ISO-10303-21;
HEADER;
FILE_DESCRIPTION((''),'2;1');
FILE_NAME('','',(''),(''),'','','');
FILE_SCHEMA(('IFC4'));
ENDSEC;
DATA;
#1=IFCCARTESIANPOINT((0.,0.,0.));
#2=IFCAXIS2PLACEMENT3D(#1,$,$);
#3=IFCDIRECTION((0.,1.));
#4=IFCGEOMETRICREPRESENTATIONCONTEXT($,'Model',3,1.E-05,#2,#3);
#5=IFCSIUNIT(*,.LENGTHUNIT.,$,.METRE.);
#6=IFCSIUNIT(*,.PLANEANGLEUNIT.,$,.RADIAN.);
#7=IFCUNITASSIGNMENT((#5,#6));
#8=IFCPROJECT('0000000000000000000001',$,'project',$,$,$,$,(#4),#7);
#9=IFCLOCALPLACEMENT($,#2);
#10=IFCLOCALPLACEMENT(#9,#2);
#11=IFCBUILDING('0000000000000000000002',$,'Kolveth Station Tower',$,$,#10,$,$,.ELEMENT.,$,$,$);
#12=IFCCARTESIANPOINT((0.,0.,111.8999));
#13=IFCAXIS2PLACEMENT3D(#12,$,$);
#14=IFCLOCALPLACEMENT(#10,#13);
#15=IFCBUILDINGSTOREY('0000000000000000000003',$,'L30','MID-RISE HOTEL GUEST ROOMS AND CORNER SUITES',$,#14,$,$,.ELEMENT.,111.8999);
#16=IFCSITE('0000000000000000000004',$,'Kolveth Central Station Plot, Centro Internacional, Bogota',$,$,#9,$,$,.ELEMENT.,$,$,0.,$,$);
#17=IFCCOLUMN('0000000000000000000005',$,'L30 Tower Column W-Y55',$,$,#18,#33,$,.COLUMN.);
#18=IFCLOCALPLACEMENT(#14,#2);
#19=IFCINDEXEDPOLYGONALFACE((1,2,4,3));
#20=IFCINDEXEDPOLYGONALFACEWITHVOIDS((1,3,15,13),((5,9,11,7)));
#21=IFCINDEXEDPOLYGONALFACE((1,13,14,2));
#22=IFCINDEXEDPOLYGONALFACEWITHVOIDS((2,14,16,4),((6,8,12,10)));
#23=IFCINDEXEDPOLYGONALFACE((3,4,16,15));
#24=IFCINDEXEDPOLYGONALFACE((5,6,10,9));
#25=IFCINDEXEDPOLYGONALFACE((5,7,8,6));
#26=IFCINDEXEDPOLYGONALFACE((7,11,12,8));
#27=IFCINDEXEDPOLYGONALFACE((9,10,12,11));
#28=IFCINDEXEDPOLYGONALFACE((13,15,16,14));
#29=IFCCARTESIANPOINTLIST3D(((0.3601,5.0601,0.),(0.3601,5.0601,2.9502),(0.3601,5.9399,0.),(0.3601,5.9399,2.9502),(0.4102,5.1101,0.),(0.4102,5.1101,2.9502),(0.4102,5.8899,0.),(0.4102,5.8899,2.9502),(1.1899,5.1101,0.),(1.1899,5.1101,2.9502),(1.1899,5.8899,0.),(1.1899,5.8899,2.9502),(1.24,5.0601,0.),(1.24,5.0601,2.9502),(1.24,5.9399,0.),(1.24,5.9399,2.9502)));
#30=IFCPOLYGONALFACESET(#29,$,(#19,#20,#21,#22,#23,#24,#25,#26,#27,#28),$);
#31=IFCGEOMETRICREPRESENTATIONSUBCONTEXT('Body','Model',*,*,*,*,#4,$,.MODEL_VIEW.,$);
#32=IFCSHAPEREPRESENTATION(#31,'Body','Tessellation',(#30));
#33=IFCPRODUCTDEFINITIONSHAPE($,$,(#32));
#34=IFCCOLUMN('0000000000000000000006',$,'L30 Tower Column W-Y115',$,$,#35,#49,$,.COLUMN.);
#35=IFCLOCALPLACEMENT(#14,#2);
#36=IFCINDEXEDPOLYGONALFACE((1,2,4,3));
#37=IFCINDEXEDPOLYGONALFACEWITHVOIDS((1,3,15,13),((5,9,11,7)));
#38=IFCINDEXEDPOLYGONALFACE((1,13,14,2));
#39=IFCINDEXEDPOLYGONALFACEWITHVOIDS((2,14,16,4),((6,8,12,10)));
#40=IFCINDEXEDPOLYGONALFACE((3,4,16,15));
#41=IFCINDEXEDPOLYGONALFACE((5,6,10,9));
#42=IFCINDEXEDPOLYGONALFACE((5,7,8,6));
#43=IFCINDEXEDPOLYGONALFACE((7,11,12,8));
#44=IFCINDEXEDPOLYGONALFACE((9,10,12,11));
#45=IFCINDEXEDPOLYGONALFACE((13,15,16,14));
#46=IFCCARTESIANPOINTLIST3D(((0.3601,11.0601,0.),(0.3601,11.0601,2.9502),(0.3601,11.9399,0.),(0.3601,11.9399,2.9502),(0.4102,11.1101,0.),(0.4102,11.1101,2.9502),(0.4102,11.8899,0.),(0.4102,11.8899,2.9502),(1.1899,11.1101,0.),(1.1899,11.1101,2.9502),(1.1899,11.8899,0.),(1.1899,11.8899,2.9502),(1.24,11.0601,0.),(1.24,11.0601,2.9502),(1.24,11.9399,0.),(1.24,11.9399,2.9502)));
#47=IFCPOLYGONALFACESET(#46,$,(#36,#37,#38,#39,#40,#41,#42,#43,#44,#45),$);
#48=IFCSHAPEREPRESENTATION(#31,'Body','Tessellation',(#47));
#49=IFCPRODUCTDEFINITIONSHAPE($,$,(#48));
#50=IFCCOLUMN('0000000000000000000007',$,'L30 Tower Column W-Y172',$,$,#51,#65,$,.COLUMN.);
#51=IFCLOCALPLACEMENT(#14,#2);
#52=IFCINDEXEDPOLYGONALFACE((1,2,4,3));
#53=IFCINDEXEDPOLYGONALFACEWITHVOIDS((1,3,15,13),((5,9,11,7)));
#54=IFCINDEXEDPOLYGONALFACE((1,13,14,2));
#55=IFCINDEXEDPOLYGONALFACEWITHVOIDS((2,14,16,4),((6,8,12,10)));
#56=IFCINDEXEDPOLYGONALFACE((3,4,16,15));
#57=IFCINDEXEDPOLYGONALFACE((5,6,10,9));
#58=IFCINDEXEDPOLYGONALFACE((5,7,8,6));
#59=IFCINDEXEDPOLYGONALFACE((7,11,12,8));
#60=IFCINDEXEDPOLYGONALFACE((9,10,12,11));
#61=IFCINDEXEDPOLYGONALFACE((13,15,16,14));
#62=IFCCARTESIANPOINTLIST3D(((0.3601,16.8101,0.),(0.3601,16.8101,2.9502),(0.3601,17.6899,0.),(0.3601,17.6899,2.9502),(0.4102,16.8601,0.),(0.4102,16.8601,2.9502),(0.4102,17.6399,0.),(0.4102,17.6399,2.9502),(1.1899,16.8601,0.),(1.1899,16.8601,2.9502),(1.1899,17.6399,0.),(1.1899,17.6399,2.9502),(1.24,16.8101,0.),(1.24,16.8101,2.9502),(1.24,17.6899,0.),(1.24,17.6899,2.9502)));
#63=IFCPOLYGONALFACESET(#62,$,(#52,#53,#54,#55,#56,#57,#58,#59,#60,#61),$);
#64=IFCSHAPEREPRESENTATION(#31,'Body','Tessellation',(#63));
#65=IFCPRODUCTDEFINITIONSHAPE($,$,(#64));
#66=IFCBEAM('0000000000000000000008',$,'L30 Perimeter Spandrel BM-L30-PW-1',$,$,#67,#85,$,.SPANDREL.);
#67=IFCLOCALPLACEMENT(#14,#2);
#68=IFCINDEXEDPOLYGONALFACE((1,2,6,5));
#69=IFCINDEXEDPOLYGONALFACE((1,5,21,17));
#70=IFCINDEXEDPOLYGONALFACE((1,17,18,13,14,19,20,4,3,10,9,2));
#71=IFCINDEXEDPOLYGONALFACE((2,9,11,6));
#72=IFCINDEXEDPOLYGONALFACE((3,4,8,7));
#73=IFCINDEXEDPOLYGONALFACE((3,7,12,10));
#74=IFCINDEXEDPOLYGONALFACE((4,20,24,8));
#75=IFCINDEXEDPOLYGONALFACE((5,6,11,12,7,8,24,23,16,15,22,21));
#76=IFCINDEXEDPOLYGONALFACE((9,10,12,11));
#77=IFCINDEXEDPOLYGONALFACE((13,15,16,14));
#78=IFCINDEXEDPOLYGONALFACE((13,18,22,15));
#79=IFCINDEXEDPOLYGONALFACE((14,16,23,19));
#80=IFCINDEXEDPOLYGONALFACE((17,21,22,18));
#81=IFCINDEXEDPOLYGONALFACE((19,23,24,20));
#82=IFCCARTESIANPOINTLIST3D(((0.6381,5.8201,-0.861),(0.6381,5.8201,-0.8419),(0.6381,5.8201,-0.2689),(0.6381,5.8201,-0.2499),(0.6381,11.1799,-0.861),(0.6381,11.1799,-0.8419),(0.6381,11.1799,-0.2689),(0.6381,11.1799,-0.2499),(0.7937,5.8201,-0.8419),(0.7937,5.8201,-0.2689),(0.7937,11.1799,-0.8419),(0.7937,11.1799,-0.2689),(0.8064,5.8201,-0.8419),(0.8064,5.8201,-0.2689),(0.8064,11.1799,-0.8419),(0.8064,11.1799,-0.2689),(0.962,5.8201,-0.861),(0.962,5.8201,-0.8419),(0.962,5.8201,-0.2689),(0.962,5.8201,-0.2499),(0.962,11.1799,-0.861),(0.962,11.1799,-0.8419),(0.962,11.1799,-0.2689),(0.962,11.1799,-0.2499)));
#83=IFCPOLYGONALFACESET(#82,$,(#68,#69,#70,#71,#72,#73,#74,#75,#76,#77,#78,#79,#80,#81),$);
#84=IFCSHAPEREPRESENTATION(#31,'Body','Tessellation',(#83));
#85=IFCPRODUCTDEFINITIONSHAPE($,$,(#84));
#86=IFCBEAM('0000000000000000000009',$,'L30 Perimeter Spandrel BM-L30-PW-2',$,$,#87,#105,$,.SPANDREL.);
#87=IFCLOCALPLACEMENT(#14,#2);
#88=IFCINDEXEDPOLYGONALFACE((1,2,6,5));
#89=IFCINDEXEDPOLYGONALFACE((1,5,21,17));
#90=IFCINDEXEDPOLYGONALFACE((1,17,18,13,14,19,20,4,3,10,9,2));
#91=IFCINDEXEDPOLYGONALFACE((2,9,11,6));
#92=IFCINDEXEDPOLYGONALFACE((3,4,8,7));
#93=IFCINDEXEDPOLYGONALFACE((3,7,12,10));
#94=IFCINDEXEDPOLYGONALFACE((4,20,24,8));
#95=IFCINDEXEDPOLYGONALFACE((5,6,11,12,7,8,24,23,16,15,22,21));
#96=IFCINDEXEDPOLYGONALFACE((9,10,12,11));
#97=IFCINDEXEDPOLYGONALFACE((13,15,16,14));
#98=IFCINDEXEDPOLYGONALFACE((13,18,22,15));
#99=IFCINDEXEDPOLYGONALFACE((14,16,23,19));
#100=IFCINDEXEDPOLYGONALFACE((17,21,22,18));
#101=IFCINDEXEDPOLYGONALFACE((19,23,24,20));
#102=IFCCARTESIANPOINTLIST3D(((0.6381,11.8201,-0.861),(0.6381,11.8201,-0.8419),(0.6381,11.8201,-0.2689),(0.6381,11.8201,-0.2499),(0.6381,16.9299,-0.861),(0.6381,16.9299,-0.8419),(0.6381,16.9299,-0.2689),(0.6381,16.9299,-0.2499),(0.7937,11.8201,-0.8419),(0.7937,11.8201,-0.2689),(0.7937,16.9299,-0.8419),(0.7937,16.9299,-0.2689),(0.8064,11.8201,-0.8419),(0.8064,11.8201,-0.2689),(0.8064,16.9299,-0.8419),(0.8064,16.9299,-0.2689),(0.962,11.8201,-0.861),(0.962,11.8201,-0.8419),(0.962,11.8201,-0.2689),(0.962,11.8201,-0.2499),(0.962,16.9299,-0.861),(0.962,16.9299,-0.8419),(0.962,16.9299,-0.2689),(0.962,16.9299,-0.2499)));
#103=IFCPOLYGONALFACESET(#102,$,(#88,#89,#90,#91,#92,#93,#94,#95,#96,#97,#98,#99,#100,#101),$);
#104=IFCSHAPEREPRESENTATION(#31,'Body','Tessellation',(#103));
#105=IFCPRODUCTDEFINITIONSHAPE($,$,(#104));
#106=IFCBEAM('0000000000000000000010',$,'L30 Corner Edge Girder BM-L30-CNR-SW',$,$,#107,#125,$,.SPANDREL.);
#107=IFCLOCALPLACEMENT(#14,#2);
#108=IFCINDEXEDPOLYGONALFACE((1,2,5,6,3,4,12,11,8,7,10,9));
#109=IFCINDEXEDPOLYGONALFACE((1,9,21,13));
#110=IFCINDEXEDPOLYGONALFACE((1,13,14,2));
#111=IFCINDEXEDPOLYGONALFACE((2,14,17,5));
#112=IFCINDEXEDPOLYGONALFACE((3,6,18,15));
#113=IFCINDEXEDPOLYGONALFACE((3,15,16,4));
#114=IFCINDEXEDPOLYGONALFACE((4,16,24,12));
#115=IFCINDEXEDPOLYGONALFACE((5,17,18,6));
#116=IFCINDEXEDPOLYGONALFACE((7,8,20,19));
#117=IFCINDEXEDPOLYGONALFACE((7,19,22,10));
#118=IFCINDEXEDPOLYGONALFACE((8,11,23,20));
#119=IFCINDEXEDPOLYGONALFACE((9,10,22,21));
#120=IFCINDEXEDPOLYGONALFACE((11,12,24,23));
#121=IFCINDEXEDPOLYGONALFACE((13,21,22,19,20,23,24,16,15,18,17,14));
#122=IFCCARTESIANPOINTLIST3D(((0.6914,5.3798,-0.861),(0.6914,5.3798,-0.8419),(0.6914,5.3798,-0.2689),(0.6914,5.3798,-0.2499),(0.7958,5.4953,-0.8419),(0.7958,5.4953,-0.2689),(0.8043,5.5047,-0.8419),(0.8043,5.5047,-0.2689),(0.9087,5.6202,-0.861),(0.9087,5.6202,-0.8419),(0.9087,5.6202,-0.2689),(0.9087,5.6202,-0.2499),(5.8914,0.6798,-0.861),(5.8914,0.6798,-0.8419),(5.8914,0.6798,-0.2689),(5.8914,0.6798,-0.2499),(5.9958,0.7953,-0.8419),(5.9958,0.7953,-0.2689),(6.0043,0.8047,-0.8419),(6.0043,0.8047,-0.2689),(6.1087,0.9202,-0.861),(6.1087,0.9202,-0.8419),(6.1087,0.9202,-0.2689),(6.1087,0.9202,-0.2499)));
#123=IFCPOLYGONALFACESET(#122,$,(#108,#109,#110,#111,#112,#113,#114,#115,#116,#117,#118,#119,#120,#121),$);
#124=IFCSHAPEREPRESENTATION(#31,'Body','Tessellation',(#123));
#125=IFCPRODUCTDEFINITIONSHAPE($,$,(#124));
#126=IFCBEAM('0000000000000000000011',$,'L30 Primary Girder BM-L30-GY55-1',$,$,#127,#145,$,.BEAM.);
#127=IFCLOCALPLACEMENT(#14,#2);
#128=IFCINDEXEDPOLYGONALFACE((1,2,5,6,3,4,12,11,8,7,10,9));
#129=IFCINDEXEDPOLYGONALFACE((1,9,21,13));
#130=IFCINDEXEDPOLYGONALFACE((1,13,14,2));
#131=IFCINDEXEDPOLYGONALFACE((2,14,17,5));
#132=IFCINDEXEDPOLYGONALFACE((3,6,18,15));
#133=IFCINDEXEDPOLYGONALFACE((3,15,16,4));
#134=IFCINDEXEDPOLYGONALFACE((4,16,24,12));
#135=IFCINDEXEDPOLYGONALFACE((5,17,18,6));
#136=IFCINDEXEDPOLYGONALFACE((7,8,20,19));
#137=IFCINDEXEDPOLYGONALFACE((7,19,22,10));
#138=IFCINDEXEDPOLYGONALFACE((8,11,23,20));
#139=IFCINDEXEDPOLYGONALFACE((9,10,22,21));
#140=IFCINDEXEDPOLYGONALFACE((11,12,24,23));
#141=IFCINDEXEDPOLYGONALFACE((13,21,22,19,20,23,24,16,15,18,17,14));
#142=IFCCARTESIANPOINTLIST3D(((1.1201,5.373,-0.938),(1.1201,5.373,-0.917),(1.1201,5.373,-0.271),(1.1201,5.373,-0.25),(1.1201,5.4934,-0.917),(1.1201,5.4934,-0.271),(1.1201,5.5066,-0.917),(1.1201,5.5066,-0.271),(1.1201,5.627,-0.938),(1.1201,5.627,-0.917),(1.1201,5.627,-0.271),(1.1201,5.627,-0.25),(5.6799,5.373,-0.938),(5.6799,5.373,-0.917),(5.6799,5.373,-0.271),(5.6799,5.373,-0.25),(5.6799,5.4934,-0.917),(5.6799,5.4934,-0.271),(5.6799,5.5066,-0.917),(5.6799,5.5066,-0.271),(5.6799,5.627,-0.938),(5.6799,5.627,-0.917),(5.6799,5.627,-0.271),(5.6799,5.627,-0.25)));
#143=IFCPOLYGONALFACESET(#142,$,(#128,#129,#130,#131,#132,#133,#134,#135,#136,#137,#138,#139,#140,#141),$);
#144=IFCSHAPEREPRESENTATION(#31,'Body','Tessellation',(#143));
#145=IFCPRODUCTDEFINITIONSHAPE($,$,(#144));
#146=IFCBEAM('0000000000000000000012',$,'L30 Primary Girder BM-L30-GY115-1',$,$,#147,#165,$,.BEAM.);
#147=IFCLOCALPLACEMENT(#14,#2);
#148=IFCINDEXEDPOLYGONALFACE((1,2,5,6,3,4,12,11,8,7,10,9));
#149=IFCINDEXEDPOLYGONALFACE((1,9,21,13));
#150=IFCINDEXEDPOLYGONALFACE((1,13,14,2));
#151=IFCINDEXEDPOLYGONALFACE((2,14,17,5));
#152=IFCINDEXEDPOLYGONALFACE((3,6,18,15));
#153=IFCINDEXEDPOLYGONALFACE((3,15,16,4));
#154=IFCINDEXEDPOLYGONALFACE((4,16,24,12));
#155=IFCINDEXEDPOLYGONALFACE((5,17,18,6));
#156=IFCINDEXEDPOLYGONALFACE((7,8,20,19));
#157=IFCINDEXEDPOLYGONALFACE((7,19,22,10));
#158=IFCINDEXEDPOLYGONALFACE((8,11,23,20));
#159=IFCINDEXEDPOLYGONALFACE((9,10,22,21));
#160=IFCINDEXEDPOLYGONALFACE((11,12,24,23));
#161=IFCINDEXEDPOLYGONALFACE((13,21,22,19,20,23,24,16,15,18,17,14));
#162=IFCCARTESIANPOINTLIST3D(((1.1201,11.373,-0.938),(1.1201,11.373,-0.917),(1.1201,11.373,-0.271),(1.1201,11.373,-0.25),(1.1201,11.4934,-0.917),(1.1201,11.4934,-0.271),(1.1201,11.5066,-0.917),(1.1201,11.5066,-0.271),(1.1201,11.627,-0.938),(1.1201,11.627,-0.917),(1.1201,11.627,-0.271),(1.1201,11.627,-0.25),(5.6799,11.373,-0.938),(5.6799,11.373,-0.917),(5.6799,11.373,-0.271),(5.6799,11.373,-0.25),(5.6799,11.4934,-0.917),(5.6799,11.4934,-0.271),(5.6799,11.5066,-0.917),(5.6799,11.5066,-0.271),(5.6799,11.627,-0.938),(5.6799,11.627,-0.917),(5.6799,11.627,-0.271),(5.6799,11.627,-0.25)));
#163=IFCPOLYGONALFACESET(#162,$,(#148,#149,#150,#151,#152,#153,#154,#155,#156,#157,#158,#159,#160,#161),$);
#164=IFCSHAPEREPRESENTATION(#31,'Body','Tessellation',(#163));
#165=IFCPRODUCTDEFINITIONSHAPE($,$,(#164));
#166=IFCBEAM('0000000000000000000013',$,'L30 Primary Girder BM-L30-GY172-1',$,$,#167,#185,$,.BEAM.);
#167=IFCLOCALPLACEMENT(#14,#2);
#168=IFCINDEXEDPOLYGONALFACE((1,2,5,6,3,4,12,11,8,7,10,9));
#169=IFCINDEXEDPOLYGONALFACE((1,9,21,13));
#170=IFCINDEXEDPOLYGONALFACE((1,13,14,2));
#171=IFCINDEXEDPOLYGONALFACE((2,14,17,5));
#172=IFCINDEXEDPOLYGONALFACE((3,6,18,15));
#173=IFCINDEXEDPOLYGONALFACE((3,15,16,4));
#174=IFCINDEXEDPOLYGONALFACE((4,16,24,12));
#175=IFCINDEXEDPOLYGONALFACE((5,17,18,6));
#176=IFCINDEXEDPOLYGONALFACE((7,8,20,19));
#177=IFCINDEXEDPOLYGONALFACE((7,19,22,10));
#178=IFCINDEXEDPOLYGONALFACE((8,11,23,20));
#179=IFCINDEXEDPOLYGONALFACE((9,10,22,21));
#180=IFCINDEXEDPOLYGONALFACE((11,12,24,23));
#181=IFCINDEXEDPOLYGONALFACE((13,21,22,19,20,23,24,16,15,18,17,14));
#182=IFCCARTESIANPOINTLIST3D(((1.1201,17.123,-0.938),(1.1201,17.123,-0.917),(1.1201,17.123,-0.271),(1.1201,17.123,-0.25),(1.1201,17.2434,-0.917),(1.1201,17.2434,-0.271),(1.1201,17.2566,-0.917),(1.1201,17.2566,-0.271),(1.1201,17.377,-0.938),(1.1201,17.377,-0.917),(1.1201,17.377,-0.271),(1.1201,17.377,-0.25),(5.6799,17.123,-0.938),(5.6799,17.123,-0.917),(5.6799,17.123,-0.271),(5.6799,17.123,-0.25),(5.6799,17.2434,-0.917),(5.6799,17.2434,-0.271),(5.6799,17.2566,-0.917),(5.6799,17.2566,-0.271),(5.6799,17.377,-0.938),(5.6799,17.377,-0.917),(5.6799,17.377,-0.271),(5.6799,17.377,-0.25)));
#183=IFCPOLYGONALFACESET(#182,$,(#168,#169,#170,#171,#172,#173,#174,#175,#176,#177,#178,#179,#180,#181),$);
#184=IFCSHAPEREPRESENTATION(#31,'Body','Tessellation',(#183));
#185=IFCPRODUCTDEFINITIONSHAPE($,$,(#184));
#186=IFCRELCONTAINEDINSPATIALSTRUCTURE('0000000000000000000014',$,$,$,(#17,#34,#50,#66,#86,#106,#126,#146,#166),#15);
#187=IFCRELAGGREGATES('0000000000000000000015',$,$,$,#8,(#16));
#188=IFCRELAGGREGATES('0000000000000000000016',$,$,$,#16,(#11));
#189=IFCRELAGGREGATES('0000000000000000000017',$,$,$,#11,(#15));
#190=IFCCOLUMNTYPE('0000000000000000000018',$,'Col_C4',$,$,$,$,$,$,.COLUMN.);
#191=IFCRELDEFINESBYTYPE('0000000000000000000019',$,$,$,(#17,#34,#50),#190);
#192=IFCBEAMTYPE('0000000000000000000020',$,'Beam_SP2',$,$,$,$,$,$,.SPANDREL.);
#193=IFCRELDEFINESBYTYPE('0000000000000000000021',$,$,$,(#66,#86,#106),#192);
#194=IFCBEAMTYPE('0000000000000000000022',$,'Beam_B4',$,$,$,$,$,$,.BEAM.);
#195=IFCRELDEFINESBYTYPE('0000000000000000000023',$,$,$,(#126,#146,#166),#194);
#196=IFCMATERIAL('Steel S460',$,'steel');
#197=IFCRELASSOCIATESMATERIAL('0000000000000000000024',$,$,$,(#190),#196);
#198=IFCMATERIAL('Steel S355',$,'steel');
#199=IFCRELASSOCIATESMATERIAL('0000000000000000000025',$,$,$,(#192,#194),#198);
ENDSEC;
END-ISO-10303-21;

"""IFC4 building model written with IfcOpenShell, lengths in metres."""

from ifc_helpers import new_model, si_unit, direction, frame, origin, origin_2d, place, context, subcontext, project, spatial, hollow_rectangle, i_section, extrude, source, transform, mapped, material, material_profile, profile_set, type_object, element, save


model = new_model("IFC4")

# Units and contexts
model_context = context("Model", 3, precision=1e-05, world=origin(), true_north=direction((0.0, 1.0)))
body_context = subcontext(model_context, "Body", "Model", "MODEL_VIEW")
ifc_project = project(units=[si_unit("LENGTHUNIT", "METRE"), si_unit("PLANEANGLEUNIT", "RADIAN")], contexts=[model_context])

# Site, building, storey
site_placement = place(None, origin())
site = spatial("IfcSite", under=ifc_project, at=site_placement, Name="Kolveth Central Station Plot, Centro Internacional, Bogota", CompositionType="ELEMENT", RefElevation=0.0)
building_placement = place(site_placement, origin())
building = spatial("IfcBuilding", under=site, at=building_placement, Name="Kolveth Station Tower", CompositionType="ELEMENT")
storey_placement = place(building_placement, frame((0.0, 0.0, 111.8999)))
storey = spatial("IfcBuildingStorey", under=building, at=storey_placement, Name="L30", Description="MID-RISE HOTEL GUEST ROOMS AND CORNER SUITES", CompositionType="ELEMENT", Elevation=111.8999)

# Columns
ifc_material_1 = material(Name="Steel S460", Category="steel")
ifc_material_profile_1 = material_profile(ifc_material_1, hollow_rectangle(XDim=0.8799, YDim=0.8799, WallThickness=0.05, at=origin_2d()), Name="BOX880x880x50")
ifc_profile_set_1 = profile_set([ifc_material_profile_1], Name="Steel S460")
column_type = type_object("IfcColumnType", Name="Col_C4", PredefinedType="COLUMN", material=ifc_profile_set_1)
shared_shape_1 = source(origin(), body_context, "Body", "SweptSolid", [
    extrude(hollow_rectangle(XDim=0.8799, YDim=0.8799, WallThickness=0.05, at=origin_2d()), origin(), (0.0, 0.0, 1.0), 2.9502),
])
for number, where, z_axis, x_axis, name in (
    (1, (0.8, 5.5, 0.0), (0.0, 0.0, 1.0), (1.0, 0.0, 0.0), "L30 Tower Column W-Y55"),
    (2, (0.8, 11.5, 0.0), (0.0, 0.0, 1.0), (1.0, 0.0, 0.0), "L30 Tower Column W-Y115"),
    (3, (0.8, 17.25, 0.0), (0.0, 0.0, 1.0), (1.0, 0.0, 0.0), "L30 Tower Column W-Y172"),
):
    element("IfcColumn", number, at=place(storey_placement, frame(where, z_axis=z_axis, x_axis=x_axis)), inside=storey, type_object=column_type, Name=name, PredefinedType="COLUMN", context=body_context, shape_type="MappedRepresentation", body=[
        mapped(shared_shape_1, transform((0.0, 0.0, 0.0), x_axis=(1.0, 0.0, 0.0), y_axis=(0.0, 1.0, 0.0), z_axis=(0.0, 0.0, 1.0), scale=1.0)),
    ])

# Beams
ifc_material_2 = material(Name="Steel S355", Category="steel")
ifc_material_profile_2 = material_profile(ifc_material_2, i_section(OverallWidth=0.324, OverallDepth=0.6111, WebThickness=0.0127, FlangeThickness=0.019, at=origin_2d()), Name="W610x155")
ifc_profile_set_2 = profile_set([ifc_material_profile_2], Name="Steel S355")
beam_type_1 = type_object("IfcBeamType", Name="Beam_SP2", PredefinedType="SPANDREL", material=ifc_profile_set_2)
shared_shape_2 = source(origin(), body_context, "Body", "SweptSolid", [
    extrude(i_section(OverallWidth=0.324, OverallDepth=0.6111, WebThickness=0.0127, FlangeThickness=0.019, at=origin_2d()), origin(), (0.0, 0.0, 1.0), 5.3599),
])
beam_1_placement = place(storey_placement, frame((0.8, 5.8201, -0.5554), z_axis=(0.0, 1.0, 0.0), x_axis=(-1.0, 0.0, 0.0)))
element("IfcBeam", 4, at=beam_1_placement, inside=storey, type_object=beam_type_1, Name="L30 Perimeter Spandrel BM-L30-PW-1", PredefinedType="SPANDREL", context=body_context, shape_type="MappedRepresentation", body=[
    mapped(shared_shape_2, transform((0.0, 0.0, 0.0), x_axis=(1.0, 0.0, 0.0), y_axis=(0.0, 1.0, 0.0), z_axis=(0.0, 0.0, 1.0), scale=1.0)),
])
shared_shape_3 = source(origin(), body_context, "Body", "SweptSolid", [
    extrude(i_section(OverallWidth=0.324, OverallDepth=0.6111, WebThickness=0.0127, FlangeThickness=0.019, at=origin_2d()), origin(), (0.0, 0.0, 1.0), 5.1099),
])
beam_2_placement = place(storey_placement, frame((0.8, 11.8201, -0.5554), z_axis=(0.0, 1.0, 0.0), x_axis=(-1.0, 0.0, 0.0)))
element("IfcBeam", 5, at=beam_2_placement, inside=storey, type_object=beam_type_1, Name="L30 Perimeter Spandrel BM-L30-PW-2", PredefinedType="SPANDREL", context=body_context, shape_type="MappedRepresentation", body=[
    mapped(shared_shape_3, transform((0.0, 0.0, 0.0), x_axis=(1.0, 0.0, 0.0), y_axis=(0.0, 1.0, 0.0), z_axis=(0.0, 0.0, 1.0), scale=1.0)),
])
shared_shape_4 = source(origin(), body_context, "Body", "SweptSolid", [
    extrude(i_section(OverallWidth=0.324, OverallDepth=0.6111, WebThickness=0.0127, FlangeThickness=0.019, at=origin_2d()), origin(), (0.0, 0.0, 1.0), 7.0093),
])
beam_3_placement = place(storey_placement, frame((0.8, 5.5, -0.5554), z_axis=(0.741874, -0.670539, 0.0), x_axis=(0.670539, 0.741874, 0.0)))
element("IfcBeam", 6, at=beam_3_placement, inside=storey, type_object=beam_type_1, Name="L30 Corner Edge Girder BM-L30-CNR-SW", PredefinedType="SPANDREL", context=body_context, shape_type="MappedRepresentation", body=[
    mapped(shared_shape_4, transform((0.0, 0.0, 0.0), x_axis=(1.0, 0.0, 0.0), y_axis=(0.0, 1.0, 0.0), z_axis=(0.0, 0.0, 1.0), scale=1.0)),
])
ifc_material_profile_3 = material_profile(ifc_material_2, i_section(OverallWidth=0.2539, OverallDepth=0.688, WebThickness=0.0132, FlangeThickness=0.021, at=origin_2d()), Name="W690x152")
ifc_profile_set_3 = profile_set([ifc_material_profile_3], Name="Steel S355")
beam_type_2 = type_object("IfcBeamType", Name="Beam_B4", PredefinedType="BEAM", material=ifc_profile_set_3)
shared_shape_5 = source(origin(), body_context, "Body", "SweptSolid", [
    extrude(i_section(OverallWidth=0.2539, OverallDepth=0.688, WebThickness=0.0132, FlangeThickness=0.021, at=origin_2d()), origin(), (0.0, 0.0, 1.0), 4.5598),
])
for number, where, z_axis, x_axis, name in (
    (7, (1.1201, 5.5, -0.594), (1.0, 0.0, 0.0), (0.0, 1.0, 0.0), "L30 Primary Girder BM-L30-GY55-1"),
    (8, (1.1201, 11.5, -0.594), (1.0, 0.0, 0.0), (0.0, 1.0, 0.0), "L30 Primary Girder BM-L30-GY115-1"),
    (9, (1.1201, 17.25, -0.594), (1.0, 0.0, 0.0), (0.0, 1.0, 0.0), "L30 Primary Girder BM-L30-GY172-1"),
):
    element("IfcBeam", number, at=place(storey_placement, frame(where, z_axis=z_axis, x_axis=x_axis)), inside=storey, type_object=beam_type_2, Name=name, PredefinedType="BEAM", context=body_context, shape_type="MappedRepresentation", body=[
        mapped(shared_shape_5, transform((0.0, 0.0, 0.0), x_axis=(1.0, 0.0, 0.0), y_axis=(0.0, 1.0, 0.0), z_axis=(0.0, 0.0, 1.0), scale=1.0)),
    ])

save(model, "model.ifc")
